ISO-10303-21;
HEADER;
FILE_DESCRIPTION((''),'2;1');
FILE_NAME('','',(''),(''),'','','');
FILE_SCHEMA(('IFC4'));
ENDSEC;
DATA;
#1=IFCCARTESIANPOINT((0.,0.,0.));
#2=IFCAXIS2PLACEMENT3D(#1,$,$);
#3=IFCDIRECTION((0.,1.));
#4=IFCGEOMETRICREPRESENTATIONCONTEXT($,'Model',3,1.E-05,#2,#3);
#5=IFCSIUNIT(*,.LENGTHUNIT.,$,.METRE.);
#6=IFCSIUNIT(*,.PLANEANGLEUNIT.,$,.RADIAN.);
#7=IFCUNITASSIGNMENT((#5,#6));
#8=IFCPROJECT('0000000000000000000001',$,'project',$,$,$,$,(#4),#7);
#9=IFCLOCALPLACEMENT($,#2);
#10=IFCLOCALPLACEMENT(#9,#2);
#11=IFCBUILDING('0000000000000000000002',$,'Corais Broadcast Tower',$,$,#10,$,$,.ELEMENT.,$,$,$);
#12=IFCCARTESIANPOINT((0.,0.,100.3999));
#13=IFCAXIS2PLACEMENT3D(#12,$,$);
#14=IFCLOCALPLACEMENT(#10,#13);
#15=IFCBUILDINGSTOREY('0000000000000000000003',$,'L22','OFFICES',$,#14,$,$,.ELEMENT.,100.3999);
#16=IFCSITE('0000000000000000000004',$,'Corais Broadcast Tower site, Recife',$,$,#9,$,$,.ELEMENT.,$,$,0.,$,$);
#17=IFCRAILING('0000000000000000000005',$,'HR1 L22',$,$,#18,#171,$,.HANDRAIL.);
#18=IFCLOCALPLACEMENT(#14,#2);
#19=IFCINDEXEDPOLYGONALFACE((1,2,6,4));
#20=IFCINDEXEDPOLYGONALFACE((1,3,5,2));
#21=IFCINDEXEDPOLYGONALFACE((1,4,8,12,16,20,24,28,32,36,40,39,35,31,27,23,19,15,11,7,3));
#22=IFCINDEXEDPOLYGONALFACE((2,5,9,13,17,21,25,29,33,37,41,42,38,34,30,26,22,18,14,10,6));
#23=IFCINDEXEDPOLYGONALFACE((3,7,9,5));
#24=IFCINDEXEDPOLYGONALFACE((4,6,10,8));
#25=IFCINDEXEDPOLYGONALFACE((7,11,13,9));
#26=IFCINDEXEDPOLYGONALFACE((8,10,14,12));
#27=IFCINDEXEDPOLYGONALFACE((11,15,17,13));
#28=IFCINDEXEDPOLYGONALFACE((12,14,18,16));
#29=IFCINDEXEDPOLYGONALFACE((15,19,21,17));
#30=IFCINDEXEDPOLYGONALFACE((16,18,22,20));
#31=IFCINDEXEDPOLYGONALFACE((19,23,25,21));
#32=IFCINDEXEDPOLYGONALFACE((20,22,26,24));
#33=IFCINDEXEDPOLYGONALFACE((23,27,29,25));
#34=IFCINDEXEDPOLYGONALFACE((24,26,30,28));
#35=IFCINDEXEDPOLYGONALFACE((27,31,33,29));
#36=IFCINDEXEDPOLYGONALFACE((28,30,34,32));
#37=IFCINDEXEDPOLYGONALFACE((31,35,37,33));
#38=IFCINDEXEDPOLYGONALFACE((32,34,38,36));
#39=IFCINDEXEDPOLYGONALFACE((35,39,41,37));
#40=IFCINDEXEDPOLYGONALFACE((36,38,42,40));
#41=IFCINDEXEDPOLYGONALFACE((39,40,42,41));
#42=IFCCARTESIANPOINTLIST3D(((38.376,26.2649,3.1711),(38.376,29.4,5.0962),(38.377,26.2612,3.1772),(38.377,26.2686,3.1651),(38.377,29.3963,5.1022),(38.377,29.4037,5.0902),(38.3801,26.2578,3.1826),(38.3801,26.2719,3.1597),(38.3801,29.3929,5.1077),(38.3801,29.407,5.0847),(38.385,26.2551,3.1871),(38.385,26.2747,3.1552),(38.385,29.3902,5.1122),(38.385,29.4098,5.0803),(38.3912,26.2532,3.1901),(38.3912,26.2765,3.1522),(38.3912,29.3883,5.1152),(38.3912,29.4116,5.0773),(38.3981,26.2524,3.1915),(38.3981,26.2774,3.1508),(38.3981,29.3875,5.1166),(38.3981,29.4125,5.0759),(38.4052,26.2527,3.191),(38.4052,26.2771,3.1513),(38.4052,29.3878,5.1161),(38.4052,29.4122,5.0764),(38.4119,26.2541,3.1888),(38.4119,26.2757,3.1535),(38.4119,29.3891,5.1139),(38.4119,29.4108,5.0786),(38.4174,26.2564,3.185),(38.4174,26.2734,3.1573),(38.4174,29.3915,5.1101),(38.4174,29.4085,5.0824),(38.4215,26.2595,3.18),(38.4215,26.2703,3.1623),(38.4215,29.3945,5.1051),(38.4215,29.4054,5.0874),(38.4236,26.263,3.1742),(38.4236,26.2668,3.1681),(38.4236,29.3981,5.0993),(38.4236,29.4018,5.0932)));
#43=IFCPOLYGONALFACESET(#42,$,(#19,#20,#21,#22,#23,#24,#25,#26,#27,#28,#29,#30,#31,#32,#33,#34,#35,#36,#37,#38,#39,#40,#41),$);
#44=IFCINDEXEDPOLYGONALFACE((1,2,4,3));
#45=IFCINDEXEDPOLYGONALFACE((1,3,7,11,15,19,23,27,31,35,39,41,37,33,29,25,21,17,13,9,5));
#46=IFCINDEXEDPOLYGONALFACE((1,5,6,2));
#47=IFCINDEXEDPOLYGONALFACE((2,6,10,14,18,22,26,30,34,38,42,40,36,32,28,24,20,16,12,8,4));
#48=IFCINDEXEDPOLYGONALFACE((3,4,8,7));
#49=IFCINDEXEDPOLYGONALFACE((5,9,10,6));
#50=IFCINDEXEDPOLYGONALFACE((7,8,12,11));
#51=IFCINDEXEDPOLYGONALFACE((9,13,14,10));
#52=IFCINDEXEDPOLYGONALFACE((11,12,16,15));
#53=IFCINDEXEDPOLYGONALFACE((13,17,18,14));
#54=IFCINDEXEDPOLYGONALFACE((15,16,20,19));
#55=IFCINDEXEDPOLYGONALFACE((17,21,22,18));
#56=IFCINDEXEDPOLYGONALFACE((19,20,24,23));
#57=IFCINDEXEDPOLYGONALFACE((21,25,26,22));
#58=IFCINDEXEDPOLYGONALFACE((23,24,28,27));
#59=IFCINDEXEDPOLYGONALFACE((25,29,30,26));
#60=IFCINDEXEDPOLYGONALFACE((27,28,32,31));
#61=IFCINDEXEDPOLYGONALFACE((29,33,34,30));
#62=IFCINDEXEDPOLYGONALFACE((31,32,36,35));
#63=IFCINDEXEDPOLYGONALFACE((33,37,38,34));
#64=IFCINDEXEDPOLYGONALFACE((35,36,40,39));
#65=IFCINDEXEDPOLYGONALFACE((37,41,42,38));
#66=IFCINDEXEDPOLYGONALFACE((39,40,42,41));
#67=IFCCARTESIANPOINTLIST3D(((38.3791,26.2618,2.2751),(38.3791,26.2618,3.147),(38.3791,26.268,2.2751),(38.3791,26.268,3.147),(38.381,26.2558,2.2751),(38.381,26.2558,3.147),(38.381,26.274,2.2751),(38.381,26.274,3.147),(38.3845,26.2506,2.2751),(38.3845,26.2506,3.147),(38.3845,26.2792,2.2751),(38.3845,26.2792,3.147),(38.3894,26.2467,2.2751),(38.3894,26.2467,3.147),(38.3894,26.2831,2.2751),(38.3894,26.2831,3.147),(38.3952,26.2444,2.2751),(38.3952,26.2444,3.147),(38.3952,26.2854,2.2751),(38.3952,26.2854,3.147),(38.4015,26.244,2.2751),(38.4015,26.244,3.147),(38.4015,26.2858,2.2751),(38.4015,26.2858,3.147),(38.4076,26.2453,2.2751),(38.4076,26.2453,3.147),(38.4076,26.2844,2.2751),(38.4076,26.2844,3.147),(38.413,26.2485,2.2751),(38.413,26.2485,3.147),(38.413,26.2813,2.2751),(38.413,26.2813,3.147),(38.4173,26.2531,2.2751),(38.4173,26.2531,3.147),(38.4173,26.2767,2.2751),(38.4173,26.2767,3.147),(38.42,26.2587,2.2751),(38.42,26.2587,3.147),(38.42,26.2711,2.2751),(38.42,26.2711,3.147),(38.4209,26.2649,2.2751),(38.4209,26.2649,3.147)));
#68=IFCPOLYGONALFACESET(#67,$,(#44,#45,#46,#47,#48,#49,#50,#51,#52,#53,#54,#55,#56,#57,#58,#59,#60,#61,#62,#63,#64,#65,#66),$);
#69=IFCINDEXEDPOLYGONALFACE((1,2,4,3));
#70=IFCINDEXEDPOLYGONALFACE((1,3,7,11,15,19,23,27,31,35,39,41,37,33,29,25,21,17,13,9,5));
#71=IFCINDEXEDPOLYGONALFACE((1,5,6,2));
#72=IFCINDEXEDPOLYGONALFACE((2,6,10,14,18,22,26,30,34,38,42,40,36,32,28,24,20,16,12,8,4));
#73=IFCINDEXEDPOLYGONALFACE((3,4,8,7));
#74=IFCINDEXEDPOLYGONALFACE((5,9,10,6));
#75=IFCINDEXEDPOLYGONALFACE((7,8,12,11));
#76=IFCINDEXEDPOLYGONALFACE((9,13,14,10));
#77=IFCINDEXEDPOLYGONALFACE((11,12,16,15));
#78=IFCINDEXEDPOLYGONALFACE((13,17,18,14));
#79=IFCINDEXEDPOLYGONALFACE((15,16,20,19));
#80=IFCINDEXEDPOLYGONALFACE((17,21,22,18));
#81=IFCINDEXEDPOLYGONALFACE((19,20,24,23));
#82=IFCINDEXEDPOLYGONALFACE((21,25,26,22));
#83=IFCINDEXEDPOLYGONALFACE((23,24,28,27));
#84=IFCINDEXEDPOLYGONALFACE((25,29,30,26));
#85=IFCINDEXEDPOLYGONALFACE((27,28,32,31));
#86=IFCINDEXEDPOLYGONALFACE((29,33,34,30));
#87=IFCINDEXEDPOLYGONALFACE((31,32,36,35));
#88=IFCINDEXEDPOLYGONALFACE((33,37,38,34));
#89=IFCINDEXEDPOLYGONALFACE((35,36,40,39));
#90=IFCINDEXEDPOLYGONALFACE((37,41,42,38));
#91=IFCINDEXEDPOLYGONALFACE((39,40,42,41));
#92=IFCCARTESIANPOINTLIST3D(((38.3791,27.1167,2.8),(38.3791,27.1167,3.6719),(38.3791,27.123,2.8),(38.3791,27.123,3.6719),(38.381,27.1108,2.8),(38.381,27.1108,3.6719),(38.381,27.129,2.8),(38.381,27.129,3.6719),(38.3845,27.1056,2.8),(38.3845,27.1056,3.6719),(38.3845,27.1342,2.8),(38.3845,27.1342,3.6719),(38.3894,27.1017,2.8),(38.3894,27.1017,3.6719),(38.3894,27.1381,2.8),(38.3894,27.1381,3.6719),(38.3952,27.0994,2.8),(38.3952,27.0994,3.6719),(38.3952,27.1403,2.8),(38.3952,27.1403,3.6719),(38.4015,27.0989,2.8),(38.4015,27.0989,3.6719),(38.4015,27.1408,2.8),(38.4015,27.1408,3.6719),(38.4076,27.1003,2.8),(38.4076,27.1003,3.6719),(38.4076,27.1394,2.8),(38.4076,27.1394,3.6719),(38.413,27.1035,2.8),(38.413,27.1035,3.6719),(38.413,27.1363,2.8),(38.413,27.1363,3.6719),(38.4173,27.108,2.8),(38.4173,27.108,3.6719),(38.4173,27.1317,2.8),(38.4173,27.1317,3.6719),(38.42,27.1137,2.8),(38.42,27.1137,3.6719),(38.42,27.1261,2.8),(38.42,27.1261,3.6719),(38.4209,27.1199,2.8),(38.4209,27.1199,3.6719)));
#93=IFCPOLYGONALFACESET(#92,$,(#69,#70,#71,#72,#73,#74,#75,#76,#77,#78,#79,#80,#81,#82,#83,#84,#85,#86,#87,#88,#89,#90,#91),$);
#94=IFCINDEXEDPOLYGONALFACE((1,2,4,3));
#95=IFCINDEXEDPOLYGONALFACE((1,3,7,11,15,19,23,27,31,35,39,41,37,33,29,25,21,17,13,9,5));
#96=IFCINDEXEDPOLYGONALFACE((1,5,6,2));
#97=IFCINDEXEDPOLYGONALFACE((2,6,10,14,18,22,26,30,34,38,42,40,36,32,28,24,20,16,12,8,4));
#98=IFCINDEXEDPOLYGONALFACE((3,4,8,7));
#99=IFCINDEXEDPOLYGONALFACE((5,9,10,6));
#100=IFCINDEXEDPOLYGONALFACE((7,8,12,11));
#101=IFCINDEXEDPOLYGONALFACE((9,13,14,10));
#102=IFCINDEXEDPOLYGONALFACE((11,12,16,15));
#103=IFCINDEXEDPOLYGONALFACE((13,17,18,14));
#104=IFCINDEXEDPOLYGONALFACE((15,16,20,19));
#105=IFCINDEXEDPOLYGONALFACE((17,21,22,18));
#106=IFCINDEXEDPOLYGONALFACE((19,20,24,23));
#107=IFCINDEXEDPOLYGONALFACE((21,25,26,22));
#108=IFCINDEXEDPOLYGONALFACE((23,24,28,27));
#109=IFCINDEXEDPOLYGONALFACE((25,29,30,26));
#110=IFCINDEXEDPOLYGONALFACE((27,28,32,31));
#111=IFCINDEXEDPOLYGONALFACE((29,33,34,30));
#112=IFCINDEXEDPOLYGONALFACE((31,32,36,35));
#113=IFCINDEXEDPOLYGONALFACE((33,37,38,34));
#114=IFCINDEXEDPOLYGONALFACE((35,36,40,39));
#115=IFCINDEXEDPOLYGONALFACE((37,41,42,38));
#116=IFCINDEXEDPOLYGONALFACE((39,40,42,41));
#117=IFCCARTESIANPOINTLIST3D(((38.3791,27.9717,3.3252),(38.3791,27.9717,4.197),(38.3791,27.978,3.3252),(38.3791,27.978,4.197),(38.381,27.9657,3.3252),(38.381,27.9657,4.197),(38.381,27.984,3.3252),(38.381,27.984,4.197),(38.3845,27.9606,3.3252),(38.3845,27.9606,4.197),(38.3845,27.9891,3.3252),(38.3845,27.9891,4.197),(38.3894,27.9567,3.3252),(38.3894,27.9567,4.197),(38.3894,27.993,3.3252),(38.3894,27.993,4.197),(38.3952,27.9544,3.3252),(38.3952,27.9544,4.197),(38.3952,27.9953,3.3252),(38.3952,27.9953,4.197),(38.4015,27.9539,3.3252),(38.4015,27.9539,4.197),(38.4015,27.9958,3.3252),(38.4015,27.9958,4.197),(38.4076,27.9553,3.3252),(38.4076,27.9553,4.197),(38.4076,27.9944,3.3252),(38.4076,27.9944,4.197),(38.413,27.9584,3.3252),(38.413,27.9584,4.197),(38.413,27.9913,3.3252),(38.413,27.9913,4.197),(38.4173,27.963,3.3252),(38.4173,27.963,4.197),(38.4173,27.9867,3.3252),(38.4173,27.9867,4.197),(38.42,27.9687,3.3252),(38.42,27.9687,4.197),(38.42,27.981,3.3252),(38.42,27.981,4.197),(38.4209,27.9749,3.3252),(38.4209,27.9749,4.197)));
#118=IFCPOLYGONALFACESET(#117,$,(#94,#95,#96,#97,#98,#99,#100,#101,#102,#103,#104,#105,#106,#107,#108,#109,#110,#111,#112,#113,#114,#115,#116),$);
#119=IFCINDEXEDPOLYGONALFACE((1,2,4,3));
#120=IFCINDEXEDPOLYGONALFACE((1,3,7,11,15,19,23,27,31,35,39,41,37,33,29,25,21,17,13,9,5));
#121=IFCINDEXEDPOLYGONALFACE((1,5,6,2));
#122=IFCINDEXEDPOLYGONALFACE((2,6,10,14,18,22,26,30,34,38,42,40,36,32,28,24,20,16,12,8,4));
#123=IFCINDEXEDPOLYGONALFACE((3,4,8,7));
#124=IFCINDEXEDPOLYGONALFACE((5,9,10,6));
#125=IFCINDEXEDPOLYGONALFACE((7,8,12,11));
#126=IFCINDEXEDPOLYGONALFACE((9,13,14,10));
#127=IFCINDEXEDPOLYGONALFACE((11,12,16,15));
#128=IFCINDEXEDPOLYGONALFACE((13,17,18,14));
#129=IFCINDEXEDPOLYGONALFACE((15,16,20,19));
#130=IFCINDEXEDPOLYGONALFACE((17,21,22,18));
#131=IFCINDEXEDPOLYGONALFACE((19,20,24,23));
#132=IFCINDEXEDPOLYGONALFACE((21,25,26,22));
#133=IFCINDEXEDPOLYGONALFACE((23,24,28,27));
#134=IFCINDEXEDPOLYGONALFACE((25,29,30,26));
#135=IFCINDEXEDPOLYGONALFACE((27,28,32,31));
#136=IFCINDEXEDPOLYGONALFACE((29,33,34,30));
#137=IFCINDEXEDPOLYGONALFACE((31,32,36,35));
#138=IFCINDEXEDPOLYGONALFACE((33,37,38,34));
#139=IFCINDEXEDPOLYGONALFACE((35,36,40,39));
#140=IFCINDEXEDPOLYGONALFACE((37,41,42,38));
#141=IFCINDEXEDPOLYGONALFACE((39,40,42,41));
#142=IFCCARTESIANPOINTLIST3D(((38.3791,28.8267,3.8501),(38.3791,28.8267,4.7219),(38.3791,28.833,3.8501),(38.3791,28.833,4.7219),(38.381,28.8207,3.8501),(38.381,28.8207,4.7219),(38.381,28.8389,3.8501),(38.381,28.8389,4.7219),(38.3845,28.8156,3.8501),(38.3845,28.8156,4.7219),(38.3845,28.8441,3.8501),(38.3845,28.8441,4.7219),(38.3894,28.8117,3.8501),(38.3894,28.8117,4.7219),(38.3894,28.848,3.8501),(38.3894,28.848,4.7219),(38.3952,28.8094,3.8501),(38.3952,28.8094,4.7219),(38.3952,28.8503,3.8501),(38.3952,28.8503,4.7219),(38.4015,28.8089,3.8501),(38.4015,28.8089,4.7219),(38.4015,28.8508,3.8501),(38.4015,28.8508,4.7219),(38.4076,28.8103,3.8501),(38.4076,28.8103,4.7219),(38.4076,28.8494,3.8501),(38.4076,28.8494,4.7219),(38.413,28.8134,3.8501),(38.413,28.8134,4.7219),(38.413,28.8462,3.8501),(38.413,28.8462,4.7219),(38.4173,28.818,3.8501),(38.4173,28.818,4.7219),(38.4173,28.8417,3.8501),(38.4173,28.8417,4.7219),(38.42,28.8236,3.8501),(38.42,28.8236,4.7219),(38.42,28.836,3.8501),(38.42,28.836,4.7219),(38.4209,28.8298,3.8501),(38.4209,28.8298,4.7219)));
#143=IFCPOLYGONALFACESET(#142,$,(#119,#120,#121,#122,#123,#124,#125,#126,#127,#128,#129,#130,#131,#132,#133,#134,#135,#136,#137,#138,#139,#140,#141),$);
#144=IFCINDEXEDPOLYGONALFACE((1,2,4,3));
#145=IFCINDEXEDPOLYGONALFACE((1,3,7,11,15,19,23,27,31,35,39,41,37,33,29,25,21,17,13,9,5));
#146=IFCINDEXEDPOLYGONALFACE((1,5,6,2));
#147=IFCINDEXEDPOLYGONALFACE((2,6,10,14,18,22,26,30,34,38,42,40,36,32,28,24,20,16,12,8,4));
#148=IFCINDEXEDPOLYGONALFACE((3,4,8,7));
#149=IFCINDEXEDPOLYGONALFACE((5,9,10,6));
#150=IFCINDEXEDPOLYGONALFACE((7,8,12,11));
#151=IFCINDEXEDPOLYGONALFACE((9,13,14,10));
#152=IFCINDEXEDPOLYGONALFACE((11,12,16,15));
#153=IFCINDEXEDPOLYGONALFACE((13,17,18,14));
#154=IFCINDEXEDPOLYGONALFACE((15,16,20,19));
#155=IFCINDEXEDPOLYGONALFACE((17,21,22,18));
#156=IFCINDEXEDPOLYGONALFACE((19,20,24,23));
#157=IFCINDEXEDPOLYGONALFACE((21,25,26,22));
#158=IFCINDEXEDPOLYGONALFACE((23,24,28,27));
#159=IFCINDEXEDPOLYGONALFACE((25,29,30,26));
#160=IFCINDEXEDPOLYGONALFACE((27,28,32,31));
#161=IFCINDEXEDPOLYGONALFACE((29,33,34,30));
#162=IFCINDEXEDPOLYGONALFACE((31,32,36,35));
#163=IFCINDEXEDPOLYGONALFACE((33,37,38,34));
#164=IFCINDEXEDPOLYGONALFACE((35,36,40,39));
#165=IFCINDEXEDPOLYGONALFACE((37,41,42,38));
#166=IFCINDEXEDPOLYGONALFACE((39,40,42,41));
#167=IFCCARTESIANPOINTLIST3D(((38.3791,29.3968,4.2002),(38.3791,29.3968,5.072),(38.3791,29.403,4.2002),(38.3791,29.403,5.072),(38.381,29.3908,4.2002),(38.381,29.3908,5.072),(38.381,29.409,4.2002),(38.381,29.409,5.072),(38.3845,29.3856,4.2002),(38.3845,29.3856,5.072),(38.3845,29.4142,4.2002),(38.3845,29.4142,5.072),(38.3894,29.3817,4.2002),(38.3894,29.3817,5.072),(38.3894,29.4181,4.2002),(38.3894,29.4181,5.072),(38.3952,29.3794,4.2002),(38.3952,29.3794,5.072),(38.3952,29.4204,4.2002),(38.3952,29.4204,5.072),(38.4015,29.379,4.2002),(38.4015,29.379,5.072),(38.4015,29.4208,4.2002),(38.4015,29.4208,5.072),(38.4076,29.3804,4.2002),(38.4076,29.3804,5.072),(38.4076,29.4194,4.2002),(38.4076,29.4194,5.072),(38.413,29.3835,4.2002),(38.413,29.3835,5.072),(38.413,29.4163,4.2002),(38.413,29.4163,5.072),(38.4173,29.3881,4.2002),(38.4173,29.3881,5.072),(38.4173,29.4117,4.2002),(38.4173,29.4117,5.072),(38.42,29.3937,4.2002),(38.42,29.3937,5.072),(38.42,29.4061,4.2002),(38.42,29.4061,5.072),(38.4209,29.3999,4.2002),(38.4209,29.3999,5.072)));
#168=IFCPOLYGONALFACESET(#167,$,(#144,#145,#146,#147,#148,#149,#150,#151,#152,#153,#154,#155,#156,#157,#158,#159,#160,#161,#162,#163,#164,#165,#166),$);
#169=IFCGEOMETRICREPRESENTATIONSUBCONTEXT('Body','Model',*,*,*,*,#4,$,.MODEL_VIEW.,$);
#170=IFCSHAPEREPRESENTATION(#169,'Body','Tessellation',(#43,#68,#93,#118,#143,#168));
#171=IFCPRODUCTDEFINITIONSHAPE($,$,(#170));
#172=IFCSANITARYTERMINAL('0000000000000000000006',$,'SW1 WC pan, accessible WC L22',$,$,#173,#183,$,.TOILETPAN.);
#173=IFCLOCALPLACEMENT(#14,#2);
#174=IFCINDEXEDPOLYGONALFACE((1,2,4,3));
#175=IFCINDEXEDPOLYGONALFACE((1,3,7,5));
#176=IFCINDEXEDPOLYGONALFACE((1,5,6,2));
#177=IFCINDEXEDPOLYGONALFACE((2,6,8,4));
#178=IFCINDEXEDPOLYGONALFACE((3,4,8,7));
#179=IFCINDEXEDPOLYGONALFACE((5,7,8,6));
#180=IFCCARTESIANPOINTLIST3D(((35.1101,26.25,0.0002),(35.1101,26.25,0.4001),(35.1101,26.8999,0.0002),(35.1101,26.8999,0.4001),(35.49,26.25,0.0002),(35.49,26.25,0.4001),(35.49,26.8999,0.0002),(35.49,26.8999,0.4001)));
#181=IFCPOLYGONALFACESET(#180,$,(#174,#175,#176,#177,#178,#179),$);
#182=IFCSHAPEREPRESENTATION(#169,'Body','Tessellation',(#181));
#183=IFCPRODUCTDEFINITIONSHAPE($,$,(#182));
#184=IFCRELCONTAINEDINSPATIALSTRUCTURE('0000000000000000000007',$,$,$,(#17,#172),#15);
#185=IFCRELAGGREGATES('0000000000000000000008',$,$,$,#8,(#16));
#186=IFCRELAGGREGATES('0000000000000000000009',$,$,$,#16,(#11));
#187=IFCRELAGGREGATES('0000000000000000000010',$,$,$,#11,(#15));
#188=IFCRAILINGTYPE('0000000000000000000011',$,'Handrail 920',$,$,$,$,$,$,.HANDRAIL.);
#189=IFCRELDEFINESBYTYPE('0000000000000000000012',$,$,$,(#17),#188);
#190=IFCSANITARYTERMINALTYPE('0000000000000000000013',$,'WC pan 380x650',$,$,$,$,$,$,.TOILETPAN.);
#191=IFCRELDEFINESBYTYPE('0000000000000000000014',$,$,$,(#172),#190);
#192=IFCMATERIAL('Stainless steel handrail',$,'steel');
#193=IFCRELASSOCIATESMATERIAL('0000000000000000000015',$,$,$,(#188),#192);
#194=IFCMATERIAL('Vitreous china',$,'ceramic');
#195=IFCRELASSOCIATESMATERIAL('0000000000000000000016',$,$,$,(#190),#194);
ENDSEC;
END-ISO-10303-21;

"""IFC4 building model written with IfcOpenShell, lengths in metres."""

from ifc_helpers import new_model, si_unit, direction, frame, origin, origin_2d, place, context, subcontext, project, spatial, rectangle, circle, extrude, material, type_object, element, save


model = new_model("IFC4")

# Units and contexts
model_context = context("Model", 3, precision=1e-05, world=origin(), true_north=direction((0.0, 1.0)))
body_context = subcontext(model_context, "Body", "Model", "MODEL_VIEW")
ifc_project = project(units=[si_unit("LENGTHUNIT", "METRE"), si_unit("PLANEANGLEUNIT", "RADIAN")], contexts=[model_context])

# Site, building, storey
site_placement = place(None, origin())
site = spatial("IfcSite", under=ifc_project, at=site_placement, Name="Corais Broadcast Tower site, Recife", CompositionType="ELEMENT", RefElevation=0.0)
building_placement = place(site_placement, origin())
building = spatial("IfcBuilding", under=site, at=building_placement, Name="Corais Broadcast Tower", CompositionType="ELEMENT")
storey_placement = place(building_placement, frame((0.0, 0.0, 100.3999)))
storey = spatial("IfcBuildingStorey", under=building, at=storey_placement, Name="L22", Description="OFFICES", CompositionType="ELEMENT", Elevation=100.3999)

# Railing
ifc_material_1 = material(Name="Stainless steel handrail", Category="steel")
railing_type = type_object("IfcRailingType", Name="Handrail 920", PredefinedType="HANDRAIL", material=ifc_material_1)
for number, where, name in (
    (1, (38.3999, 26.2649, 2.2751), "HR1 L22"),
):
    element("IfcRailing", number, at=place(storey_placement, frame(where)), inside=storey, type_object=railing_type, Name=name, PredefinedType="HANDRAIL", context=body_context, shape_type="SweptSolid", body=[
        extrude(circle(Radius=0.0239, at=origin_2d()), frame((0.0, 0.0, 0.896), z_axis=(0.0, 0.852166, 0.523271), x_axis=(-1.0, 0.0, 0.0)), (0.0, 0.0, 1.0), 3.679),
        extrude(circle(Radius=0.021, at=origin_2d()), origin(), (0.0, 0.0, 1.0), 0.8718),
        extrude(circle(Radius=0.021, at=origin_2d()), frame((0.0, 0.855, 0.5249)), (0.0, 0.0, 1.0), 0.8718),
        extrude(circle(Radius=0.021, at=origin_2d()), frame((0.0, 1.71, 1.05)), (0.0, 0.0, 1.0), 0.8718),
        extrude(circle(Radius=0.021, at=origin_2d()), frame((0.0, 2.5649, 1.575)), (0.0, 0.0, 1.0), 0.8718),
        extrude(circle(Radius=0.021, at=origin_2d()), frame((0.0, 3.135, 1.925)), (0.0, 0.0, 1.0), 0.8718),
    ])

# Sanitary terminal
ifc_material_2 = material(Name="Vitreous china", Category="ceramic")
sanitary_terminal_type = type_object("IfcSanitaryTerminalType", Name="WC pan 380x650", PredefinedType="TOILETPAN", material=ifc_material_2)
sanitary_terminal_placement = place(storey_placement, frame((35.3, 26.575, 0.0002), z_axis=(0.0, 0.0, 1.0), x_axis=(1.0, 0.0, 0.0)))
element("IfcSanitaryTerminal", 2, at=sanitary_terminal_placement, inside=storey, type_object=sanitary_terminal_type, Name="SW1 WC pan, accessible WC L22", PredefinedType="TOILETPAN", context=body_context, shape_type="SweptSolid", body=[
    extrude(rectangle(XDim=0.3799, YDim=0.6499, at=origin_2d()), origin(), (0.0, 0.0, 1.0), 0.3999),
])

save(model, "model.ifc")
